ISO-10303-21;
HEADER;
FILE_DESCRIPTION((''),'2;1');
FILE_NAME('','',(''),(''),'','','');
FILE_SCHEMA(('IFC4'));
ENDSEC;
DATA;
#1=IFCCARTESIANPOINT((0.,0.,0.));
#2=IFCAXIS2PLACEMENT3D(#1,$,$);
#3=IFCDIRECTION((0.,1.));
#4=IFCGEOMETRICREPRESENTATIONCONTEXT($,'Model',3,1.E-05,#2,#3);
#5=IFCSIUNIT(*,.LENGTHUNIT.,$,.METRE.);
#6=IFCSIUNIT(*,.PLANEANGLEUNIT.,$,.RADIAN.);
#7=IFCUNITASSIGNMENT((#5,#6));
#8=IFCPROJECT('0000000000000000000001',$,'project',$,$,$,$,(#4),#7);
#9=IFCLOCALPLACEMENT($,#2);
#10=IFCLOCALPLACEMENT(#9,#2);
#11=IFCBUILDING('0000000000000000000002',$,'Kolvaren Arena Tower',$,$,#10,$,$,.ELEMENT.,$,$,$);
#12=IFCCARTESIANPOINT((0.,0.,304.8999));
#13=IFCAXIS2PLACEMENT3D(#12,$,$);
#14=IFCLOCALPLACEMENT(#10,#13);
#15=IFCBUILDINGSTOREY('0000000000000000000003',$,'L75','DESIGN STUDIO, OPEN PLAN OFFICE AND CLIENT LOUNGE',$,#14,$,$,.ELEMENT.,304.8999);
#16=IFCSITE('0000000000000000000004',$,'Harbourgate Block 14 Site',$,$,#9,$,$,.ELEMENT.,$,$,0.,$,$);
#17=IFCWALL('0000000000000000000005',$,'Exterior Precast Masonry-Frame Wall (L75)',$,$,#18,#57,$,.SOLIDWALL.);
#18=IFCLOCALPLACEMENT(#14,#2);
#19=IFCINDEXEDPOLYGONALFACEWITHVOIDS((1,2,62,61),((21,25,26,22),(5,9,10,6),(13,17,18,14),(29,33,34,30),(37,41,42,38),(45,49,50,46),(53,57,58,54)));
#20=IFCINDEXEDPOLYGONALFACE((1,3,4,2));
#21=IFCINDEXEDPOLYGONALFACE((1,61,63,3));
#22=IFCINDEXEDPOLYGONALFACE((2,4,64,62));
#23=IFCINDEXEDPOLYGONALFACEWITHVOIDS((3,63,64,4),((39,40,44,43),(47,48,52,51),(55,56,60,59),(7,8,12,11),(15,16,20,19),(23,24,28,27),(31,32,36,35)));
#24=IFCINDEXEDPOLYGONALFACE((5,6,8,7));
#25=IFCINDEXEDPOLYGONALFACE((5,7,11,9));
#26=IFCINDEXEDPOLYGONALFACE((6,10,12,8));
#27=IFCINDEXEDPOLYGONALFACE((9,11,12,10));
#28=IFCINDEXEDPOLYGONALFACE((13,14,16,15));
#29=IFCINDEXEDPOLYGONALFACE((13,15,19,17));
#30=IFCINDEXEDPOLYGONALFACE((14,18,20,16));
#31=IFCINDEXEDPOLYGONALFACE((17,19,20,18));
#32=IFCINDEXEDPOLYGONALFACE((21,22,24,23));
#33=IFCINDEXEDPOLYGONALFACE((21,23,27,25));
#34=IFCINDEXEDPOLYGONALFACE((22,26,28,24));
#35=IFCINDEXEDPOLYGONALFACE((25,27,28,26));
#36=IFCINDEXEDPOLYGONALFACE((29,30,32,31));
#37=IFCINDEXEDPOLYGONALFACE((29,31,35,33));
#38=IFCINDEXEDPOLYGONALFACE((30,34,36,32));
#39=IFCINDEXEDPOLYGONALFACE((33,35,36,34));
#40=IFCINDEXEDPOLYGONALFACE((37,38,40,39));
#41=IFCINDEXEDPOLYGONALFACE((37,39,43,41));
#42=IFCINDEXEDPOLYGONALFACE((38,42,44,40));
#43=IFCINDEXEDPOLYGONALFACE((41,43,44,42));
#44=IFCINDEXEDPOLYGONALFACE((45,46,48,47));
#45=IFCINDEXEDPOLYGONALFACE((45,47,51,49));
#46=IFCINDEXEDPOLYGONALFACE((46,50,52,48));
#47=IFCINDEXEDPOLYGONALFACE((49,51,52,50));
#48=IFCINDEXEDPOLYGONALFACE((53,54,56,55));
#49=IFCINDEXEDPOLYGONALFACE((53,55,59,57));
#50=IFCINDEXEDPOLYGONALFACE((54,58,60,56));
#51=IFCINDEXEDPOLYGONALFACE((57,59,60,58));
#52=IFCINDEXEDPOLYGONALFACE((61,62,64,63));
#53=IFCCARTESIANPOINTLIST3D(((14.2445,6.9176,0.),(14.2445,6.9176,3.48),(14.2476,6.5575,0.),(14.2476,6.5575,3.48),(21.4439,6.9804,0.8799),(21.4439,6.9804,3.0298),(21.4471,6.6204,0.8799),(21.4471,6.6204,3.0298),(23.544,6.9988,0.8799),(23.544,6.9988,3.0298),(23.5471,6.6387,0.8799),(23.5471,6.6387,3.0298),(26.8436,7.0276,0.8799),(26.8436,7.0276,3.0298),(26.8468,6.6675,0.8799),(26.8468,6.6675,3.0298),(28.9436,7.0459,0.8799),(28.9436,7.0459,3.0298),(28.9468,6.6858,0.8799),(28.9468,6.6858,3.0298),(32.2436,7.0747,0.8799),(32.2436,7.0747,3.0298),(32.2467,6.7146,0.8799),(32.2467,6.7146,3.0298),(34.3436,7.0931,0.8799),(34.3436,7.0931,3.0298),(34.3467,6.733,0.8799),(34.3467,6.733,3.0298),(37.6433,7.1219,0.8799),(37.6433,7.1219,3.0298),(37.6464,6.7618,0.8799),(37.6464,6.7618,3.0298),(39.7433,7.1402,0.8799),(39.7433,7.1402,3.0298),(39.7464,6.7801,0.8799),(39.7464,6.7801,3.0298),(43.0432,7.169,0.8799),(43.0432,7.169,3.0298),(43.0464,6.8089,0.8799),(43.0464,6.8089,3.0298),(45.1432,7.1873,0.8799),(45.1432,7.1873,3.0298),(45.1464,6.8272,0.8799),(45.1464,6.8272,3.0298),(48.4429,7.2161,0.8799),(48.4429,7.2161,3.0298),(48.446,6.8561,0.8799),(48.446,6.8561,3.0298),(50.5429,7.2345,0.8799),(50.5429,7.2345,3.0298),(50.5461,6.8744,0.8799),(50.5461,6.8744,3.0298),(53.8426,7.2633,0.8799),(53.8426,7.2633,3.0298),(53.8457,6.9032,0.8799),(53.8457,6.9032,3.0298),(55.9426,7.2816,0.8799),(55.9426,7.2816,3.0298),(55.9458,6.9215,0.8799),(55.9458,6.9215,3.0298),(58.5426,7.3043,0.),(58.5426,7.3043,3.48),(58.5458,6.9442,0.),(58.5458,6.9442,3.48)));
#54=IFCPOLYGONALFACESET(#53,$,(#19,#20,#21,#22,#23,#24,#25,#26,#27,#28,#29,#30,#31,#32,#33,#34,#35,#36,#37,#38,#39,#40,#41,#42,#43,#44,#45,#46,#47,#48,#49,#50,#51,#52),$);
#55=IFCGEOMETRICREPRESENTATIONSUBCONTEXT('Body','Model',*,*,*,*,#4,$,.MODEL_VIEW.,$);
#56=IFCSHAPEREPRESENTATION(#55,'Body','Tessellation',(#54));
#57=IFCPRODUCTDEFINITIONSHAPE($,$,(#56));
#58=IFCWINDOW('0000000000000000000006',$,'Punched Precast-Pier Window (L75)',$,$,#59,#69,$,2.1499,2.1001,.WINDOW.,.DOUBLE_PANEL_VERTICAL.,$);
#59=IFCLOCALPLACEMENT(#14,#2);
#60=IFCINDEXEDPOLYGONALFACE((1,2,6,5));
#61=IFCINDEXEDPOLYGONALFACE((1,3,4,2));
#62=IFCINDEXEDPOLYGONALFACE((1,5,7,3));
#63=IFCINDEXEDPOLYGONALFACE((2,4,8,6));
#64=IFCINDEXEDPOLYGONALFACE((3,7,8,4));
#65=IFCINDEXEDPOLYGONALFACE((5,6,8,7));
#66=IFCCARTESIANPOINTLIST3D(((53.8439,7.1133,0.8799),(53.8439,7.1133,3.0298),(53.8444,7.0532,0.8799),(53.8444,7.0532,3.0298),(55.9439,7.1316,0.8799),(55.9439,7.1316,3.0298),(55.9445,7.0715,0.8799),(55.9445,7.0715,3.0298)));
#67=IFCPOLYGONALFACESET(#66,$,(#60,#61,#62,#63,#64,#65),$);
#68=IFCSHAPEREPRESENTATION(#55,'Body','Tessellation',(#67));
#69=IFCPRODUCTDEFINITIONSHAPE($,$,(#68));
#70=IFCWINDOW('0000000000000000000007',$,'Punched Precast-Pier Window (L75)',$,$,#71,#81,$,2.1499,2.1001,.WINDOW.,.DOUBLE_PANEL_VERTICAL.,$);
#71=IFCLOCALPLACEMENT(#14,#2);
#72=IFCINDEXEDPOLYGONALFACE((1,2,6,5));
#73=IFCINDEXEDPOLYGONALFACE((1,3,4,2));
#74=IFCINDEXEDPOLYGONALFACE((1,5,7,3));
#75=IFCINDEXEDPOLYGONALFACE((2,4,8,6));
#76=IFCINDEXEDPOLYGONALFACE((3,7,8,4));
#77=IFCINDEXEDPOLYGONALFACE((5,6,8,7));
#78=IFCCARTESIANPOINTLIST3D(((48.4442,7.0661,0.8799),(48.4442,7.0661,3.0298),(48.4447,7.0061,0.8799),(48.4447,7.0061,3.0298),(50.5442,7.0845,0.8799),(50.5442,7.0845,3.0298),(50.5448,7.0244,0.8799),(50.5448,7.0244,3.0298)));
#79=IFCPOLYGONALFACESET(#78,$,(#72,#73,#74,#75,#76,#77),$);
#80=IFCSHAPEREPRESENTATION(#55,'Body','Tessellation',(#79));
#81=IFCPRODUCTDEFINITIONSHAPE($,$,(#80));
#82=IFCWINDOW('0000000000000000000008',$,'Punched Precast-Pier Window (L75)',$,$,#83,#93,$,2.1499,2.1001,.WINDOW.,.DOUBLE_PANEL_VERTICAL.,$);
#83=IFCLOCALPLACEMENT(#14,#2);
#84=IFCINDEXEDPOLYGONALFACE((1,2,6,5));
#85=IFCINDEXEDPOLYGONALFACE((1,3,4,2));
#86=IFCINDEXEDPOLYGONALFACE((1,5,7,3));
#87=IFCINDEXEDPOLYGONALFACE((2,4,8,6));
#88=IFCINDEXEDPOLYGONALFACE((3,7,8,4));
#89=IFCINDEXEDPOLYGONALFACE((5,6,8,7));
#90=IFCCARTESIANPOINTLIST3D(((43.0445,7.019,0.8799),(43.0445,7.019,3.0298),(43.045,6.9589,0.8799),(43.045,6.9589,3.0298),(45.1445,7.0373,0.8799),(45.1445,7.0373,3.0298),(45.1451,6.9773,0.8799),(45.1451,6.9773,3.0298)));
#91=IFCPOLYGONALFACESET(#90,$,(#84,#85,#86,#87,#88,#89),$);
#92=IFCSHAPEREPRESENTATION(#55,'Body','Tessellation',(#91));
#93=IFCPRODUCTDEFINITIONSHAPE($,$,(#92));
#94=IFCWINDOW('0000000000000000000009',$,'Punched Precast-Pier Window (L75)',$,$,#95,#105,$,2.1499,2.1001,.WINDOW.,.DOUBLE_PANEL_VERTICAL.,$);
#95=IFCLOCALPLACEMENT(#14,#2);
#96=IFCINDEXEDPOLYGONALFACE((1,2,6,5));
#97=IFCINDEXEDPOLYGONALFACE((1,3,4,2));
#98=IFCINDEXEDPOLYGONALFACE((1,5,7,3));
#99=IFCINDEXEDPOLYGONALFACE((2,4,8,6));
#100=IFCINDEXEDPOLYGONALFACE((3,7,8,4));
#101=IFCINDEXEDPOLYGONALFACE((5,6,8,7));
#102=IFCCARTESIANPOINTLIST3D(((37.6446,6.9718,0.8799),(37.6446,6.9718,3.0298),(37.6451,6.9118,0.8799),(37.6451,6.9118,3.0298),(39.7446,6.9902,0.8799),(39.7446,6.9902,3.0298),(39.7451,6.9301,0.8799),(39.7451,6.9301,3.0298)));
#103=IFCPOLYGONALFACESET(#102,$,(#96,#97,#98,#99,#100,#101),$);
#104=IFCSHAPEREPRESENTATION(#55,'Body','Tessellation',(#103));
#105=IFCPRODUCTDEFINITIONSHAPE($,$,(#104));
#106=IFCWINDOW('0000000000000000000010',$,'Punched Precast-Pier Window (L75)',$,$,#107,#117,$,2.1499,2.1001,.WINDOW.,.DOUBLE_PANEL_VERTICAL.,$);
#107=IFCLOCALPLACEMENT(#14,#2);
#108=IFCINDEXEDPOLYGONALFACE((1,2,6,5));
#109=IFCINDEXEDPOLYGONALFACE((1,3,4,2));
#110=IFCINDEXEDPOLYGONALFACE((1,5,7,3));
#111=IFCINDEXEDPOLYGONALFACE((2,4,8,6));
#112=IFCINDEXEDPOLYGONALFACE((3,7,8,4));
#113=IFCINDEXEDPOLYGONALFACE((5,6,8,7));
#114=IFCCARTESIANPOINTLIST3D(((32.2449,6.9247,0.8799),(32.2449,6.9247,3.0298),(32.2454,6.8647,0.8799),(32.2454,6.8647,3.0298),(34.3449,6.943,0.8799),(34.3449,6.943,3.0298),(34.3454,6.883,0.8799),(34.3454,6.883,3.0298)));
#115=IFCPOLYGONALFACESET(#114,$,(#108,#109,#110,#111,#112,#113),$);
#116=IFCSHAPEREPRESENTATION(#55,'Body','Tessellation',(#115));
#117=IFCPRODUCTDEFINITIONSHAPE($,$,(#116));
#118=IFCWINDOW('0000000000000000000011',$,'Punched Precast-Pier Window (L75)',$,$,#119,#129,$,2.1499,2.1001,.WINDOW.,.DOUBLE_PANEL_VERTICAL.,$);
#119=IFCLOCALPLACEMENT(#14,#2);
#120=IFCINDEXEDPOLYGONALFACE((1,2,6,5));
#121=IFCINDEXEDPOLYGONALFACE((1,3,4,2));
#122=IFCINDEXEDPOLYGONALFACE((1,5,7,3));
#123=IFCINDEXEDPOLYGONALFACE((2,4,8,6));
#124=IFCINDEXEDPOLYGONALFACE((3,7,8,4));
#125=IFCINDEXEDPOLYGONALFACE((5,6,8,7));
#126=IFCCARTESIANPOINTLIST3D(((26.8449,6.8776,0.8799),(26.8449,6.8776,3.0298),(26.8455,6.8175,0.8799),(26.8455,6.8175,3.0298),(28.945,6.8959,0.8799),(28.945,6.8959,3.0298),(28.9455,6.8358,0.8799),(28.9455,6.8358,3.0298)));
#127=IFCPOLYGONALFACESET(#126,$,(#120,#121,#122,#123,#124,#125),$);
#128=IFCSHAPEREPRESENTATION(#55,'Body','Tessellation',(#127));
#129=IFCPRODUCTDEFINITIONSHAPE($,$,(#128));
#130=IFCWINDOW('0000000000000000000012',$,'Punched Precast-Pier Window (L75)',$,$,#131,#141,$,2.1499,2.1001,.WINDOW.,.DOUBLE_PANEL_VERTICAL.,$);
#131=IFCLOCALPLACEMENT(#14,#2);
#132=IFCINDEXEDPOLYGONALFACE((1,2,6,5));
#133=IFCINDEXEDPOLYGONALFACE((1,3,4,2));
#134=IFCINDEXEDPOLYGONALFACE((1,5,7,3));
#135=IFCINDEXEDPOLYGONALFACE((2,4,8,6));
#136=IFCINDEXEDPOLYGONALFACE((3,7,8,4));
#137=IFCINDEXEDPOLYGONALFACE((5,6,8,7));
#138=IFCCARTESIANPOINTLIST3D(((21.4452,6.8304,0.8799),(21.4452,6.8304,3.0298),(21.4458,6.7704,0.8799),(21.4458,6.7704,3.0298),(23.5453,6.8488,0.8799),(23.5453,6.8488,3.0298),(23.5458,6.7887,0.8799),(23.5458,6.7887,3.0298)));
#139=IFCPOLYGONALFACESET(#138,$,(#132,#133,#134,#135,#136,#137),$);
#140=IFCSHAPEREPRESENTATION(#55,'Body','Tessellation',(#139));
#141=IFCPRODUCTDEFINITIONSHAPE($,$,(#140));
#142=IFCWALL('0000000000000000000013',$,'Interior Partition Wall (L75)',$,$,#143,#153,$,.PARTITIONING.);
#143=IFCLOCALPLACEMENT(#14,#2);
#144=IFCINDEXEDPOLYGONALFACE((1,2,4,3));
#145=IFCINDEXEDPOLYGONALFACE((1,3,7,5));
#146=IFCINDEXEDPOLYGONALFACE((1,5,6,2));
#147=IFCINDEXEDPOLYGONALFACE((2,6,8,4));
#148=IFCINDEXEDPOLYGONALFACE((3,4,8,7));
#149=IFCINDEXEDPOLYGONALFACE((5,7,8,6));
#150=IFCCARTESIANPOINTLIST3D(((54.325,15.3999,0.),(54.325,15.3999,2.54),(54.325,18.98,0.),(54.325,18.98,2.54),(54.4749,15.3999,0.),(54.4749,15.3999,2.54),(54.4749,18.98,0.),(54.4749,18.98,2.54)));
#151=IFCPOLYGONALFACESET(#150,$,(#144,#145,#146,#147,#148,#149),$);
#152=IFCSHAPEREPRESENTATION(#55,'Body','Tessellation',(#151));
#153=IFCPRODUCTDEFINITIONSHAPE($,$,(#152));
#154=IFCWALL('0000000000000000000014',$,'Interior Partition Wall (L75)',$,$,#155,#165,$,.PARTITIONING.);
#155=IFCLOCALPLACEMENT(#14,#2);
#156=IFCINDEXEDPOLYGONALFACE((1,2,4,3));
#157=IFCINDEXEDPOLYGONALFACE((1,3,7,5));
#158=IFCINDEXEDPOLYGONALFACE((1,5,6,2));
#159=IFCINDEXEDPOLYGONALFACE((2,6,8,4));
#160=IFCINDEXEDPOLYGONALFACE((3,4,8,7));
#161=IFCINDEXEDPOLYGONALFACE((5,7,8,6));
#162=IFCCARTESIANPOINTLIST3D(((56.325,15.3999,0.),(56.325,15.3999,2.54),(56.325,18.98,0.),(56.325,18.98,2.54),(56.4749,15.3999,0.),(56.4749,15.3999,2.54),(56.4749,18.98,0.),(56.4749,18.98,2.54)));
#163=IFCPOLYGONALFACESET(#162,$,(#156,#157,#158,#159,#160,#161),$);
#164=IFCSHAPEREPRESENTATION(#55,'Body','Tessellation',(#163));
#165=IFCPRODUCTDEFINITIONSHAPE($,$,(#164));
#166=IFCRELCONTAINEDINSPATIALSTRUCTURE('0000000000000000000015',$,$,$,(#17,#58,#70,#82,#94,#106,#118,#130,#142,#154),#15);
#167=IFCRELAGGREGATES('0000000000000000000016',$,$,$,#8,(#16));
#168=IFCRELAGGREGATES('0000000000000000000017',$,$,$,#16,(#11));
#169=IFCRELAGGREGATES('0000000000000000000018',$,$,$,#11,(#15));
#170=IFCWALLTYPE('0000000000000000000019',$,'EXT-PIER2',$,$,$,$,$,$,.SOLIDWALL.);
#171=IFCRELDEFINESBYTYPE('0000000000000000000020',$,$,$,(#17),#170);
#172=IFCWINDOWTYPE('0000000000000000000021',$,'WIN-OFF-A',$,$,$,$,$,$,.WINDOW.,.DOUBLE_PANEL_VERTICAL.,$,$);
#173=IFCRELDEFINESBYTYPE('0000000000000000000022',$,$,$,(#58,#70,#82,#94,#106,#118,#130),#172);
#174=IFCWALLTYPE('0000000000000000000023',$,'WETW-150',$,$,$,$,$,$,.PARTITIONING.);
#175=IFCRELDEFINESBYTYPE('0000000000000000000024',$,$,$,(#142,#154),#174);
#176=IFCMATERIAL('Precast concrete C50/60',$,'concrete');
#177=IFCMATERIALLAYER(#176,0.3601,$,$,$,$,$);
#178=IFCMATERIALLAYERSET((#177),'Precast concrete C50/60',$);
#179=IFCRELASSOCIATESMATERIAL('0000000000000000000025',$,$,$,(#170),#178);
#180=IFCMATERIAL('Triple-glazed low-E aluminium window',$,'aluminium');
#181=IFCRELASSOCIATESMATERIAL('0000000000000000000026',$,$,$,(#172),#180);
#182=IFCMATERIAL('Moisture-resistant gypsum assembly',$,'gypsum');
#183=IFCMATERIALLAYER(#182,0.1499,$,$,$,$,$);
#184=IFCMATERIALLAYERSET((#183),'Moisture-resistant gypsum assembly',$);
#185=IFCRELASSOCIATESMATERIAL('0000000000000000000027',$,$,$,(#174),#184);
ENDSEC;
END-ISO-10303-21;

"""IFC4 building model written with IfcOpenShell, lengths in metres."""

from ifc_helpers import new_model, si_unit, direction, frame, frame_2d, origin, place, context, subcontext, project, spatial, rectangle, extrude, material, layer, layer_set, type_object, element, fill, save


model = new_model("IFC4")

# Units and contexts
model_context = context("Model", 3, precision=1e-05, world=origin(), true_north=direction((0.0, 1.0)))
body_context = subcontext(model_context, "Body", "Model", "MODEL_VIEW")
ifc_project = project(units=[si_unit("LENGTHUNIT", "METRE"), si_unit("PLANEANGLEUNIT", "RADIAN")], contexts=[model_context])

# Site, building, storey
site_placement = place(None, origin())
site = spatial("IfcSite", under=ifc_project, at=site_placement, Name="Harbourgate Block 14 Site", CompositionType="ELEMENT", RefElevation=0.0)
building_placement = place(site_placement, origin())
building = spatial("IfcBuilding", under=site, at=building_placement, Name="Kolvaren Arena Tower", CompositionType="ELEMENT")
storey_placement = place(building_placement, frame((0.0, 0.0, 304.8999)))
storey = spatial("IfcBuildingStorey", under=building, at=storey_placement, Name="L75", Description="DESIGN STUDIO, OPEN PLAN OFFICE AND CLIENT LOUNGE", CompositionType="ELEMENT", Elevation=304.8999)

# Shared definitions
ifc_material_1 = material(Name="Precast concrete C50/60", Category="concrete")

# Shared definitions
ifc_layer_1 = layer(ifc_material_1, 0.3601)
ifc_layer_set_1 = layer_set([ifc_layer_1], Name="Precast concrete C50/60")
wall_type_1 = type_object("IfcWallType", Name="EXT-PIER2", PredefinedType="SOLIDWALL", material=ifc_layer_set_1)

# Wall, openings, windows
wall_1_placement = place(storey_placement, frame((58.5442, 7.1243, 0.0), z_axis=(0.0, 0.0, 1.0), x_axis=(-0.999962, -0.00873, 0.0)))
wall_1 = element("IfcWall", 1, at=wall_1_placement, inside=storey, type_object=wall_type_1, Name="Exterior Precast Masonry-Frame Wall (L75)", PredefinedType="SOLIDWALL", context=body_context, shape_type="SweptSolid", body=[
    extrude(rectangle(XDim=44.2998, YDim=0.3601, at=frame_2d((22.1499, 0.0))), origin(), (0.0, 0.0, 1.0), 3.48),
])
opening_1_placement = place(wall_1_placement, frame((2.6001, 0.0, 0.8799)))
opening_1 = element("IfcOpeningElement", 2, at=opening_1_placement, cuts=wall_1, PredefinedType="OPENING", context=body_context, shape_type="SweptSolid", body=[
    extrude(rectangle(XDim=2.1001, YDim=2.1499, at=frame_2d((1.05, 1.075))), frame((0.0, 0.1899, 0.0), z_axis=(0.0, -1.0, 0.0), x_axis=(1.0, 0.0, 0.0)), (0.0, 0.0, 1.0), 0.3801),
])
opening_2_placement = place(wall_1_placement, frame((8.0, 0.0, 0.8799)))
opening_2 = element("IfcOpeningElement", 3, at=opening_2_placement, cuts=wall_1, PredefinedType="OPENING", context=body_context, shape_type="SweptSolid", body=[
    extrude(rectangle(XDim=2.1001, YDim=2.1499, at=frame_2d((1.05, 1.075))), frame((0.0, 0.1899, 0.0), z_axis=(0.0, -1.0, 0.0), x_axis=(1.0, 0.0, 0.0)), (0.0, 0.0, 1.0), 0.3801),
])
opening_3_placement = place(wall_1_placement, frame((13.3999, 0.0, 0.8799)))
opening_3 = element("IfcOpeningElement", 4, at=opening_3_placement, cuts=wall_1, PredefinedType="OPENING", context=body_context, shape_type="SweptSolid", body=[
    extrude(rectangle(XDim=2.1001, YDim=2.1499, at=frame_2d((1.05, 1.075))), frame((0.0, 0.1899, 0.0), z_axis=(0.0, -1.0, 0.0), x_axis=(1.0, 0.0, 0.0)), (0.0, 0.0, 1.0), 0.3801),
])
opening_4_placement = place(wall_1_placement, frame((18.8, 0.0, 0.8799)))
opening_4 = element("IfcOpeningElement", 5, at=opening_4_placement, cuts=wall_1, PredefinedType="OPENING", context=body_context, shape_type="SweptSolid", body=[
    extrude(rectangle(XDim=2.1001, YDim=2.1499, at=frame_2d((1.05, 1.075))), frame((0.0, 0.1899, 0.0), z_axis=(0.0, -1.0, 0.0), x_axis=(1.0, 0.0, 0.0)), (0.0, 0.0, 1.0), 0.3801),
])
opening_5_placement = place(wall_1_placement, frame((24.2, 0.0, 0.8799)))
opening_5 = element("IfcOpeningElement", 6, at=opening_5_placement, cuts=wall_1, PredefinedType="OPENING", context=body_context, shape_type="SweptSolid", body=[
    extrude(rectangle(XDim=2.1001, YDim=2.1499, at=frame_2d((1.05, 1.075))), frame((0.0, 0.1899, 0.0), z_axis=(0.0, -1.0, 0.0), x_axis=(1.0, 0.0, 0.0)), (0.0, 0.0, 1.0), 0.3801),
])
opening_6_placement = place(wall_1_placement, frame((29.6001, 0.0, 0.8799)))
opening_6 = element("IfcOpeningElement", 7, at=opening_6_placement, cuts=wall_1, PredefinedType="OPENING", context=body_context, shape_type="SweptSolid", body=[
    extrude(rectangle(XDim=2.1001, YDim=2.1499, at=frame_2d((1.05, 1.075))), frame((0.0, 0.1899, 0.0), z_axis=(0.0, -1.0, 0.0), x_axis=(1.0, 0.0, 0.0)), (0.0, 0.0, 1.0), 0.3801),
])
opening_7_placement = place(wall_1_placement, frame((35.0, 0.0, 0.8799)))
opening_7 = element("IfcOpeningElement", 8, at=opening_7_placement, cuts=wall_1, PredefinedType="OPENING", context=body_context, shape_type="SweptSolid", body=[
    extrude(rectangle(XDim=2.1001, YDim=2.1499, at=frame_2d((1.05, 1.075))), frame((0.0, 0.1899, 0.0), z_axis=(0.0, -1.0, 0.0), x_axis=(1.0, 0.0, 0.0)), (0.0, 0.0, 1.0), 0.3801),
])
ifc_material_2 = material(Name="Triple-glazed low-E aluminium window", Category="aluminium")
window_type = type_object("IfcWindowType", Name="WIN-OFF-A", PartitioningType="DOUBLE_PANEL_VERTICAL", PredefinedType="WINDOW", material=ifc_material_2)
window_1_placement = place(opening_1_placement, origin())
window_1 = element("IfcWindow", 9, at=window_1_placement, inside=storey, type_object=window_type, Name="Punched Precast-Pier Window (L75)", OverallHeight=2.1499, OverallWidth=2.1001, PartitioningType="DOUBLE_PANEL_VERTICAL", PredefinedType="WINDOW", context=body_context, shape_type="SweptSolid", body=[
    extrude(rectangle(XDim=2.1001, YDim=2.1499, at=frame_2d((1.05, 1.075))), frame((0.0, 0.03, 0.0), z_axis=(0.0, -1.0, 0.0), x_axis=(1.0, 0.0, 0.0)), (0.0, 0.0, 1.0), 0.0601),
])
fill(opening_1, window_1)
window_2_placement = place(opening_2_placement, origin())
window_2 = element("IfcWindow", 10, at=window_2_placement, inside=storey, type_object=window_type, Name="Punched Precast-Pier Window (L75)", OverallHeight=2.1499, OverallWidth=2.1001, PartitioningType="DOUBLE_PANEL_VERTICAL", PredefinedType="WINDOW", context=body_context, shape_type="SweptSolid", body=[
    extrude(rectangle(XDim=2.1001, YDim=2.1499, at=frame_2d((1.05, 1.075))), frame((0.0, 0.03, 0.0), z_axis=(0.0, -1.0, 0.0), x_axis=(1.0, 0.0, 0.0)), (0.0, 0.0, 1.0), 0.0601),
])
fill(opening_2, window_2)
window_3_placement = place(opening_3_placement, origin())
window_3 = element("IfcWindow", 11, at=window_3_placement, inside=storey, type_object=window_type, Name="Punched Precast-Pier Window (L75)", OverallHeight=2.1499, OverallWidth=2.1001, PartitioningType="DOUBLE_PANEL_VERTICAL", PredefinedType="WINDOW", context=body_context, shape_type="SweptSolid", body=[
    extrude(rectangle(XDim=2.1001, YDim=2.1499, at=frame_2d((1.05, 1.075))), frame((0.0, 0.03, 0.0), z_axis=(0.0, -1.0, 0.0), x_axis=(1.0, 0.0, 0.0)), (0.0, 0.0, 1.0), 0.0601),
])
fill(opening_3, window_3)
window_4_placement = place(opening_4_placement, origin())
window_4 = element("IfcWindow", 12, at=window_4_placement, inside=storey, type_object=window_type, Name="Punched Precast-Pier Window (L75)", OverallHeight=2.1499, OverallWidth=2.1001, PartitioningType="DOUBLE_PANEL_VERTICAL", PredefinedType="WINDOW", context=body_context, shape_type="SweptSolid", body=[
    extrude(rectangle(XDim=2.1001, YDim=2.1499, at=frame_2d((1.05, 1.075))), frame((0.0, 0.03, 0.0), z_axis=(0.0, -1.0, 0.0), x_axis=(1.0, 0.0, 0.0)), (0.0, 0.0, 1.0), 0.0601),
])
fill(opening_4, window_4)
window_5_placement = place(opening_5_placement, origin())
window_5 = element("IfcWindow", 13, at=window_5_placement, inside=storey, type_object=window_type, Name="Punched Precast-Pier Window (L75)", OverallHeight=2.1499, OverallWidth=2.1001, PartitioningType="DOUBLE_PANEL_VERTICAL", PredefinedType="WINDOW", context=body_context, shape_type="SweptSolid", body=[
    extrude(rectangle(XDim=2.1001, YDim=2.1499, at=frame_2d((1.05, 1.075))), frame((0.0, 0.03, 0.0), z_axis=(0.0, -1.0, 0.0), x_axis=(1.0, 0.0, 0.0)), (0.0, 0.0, 1.0), 0.0601),
])
fill(opening_5, window_5)
window_6_placement = place(opening_6_placement, origin())
window_6 = element("IfcWindow", 14, at=window_6_placement, inside=storey, type_object=window_type, Name="Punched Precast-Pier Window (L75)", OverallHeight=2.1499, OverallWidth=2.1001, PartitioningType="DOUBLE_PANEL_VERTICAL", PredefinedType="WINDOW", context=body_context, shape_type="SweptSolid", body=[
    extrude(rectangle(XDim=2.1001, YDim=2.1499, at=frame_2d((1.05, 1.075))), frame((0.0, 0.03, 0.0), z_axis=(0.0, -1.0, 0.0), x_axis=(1.0, 0.0, 0.0)), (0.0, 0.0, 1.0), 0.0601),
])
fill(opening_6, window_6)
window_7_placement = place(opening_7_placement, origin())
window_7 = element("IfcWindow", 15, at=window_7_placement, inside=storey, type_object=window_type, Name="Punched Precast-Pier Window (L75)", OverallHeight=2.1499, OverallWidth=2.1001, PartitioningType="DOUBLE_PANEL_VERTICAL", PredefinedType="WINDOW", context=body_context, shape_type="SweptSolid", body=[
    extrude(rectangle(XDim=2.1001, YDim=2.1499, at=frame_2d((1.05, 1.075))), frame((0.0, 0.03, 0.0), z_axis=(0.0, -1.0, 0.0), x_axis=(1.0, 0.0, 0.0)), (0.0, 0.0, 1.0), 0.0601),
])
fill(opening_7, window_7)

# Walls
ifc_material_3 = material(Name="Moisture-resistant gypsum assembly", Category="gypsum")
ifc_layer_2 = layer(ifc_material_3, 0.1499)
ifc_layer_set_2 = layer_set([ifc_layer_2], Name="Moisture-resistant gypsum assembly")
wall_type_2 = type_object("IfcWallType", Name="WETW-150", PredefinedType="PARTITIONING", material=ifc_layer_set_2)
for number, where, z_axis, x_axis, name in (
    (16, (54.3999, 15.3999, 0.0), (0.0, 0.0, 1.0), (0.0, 1.0, 0.0), "Interior Partition Wall (L75)"),
    (17, (56.3999, 15.3999, 0.0), (0.0, 0.0, 1.0), (0.0, 1.0, 0.0), "Interior Partition Wall (L75)"),
):
    element("IfcWall", number, at=place(storey_placement, frame(where, z_axis=z_axis, x_axis=x_axis)), inside=storey, type_object=wall_type_2, Name=name, PredefinedType="PARTITIONING", context=body_context, shape_type="SweptSolid", body=[
        extrude(rectangle(XDim=3.5801, YDim=0.1499, at=frame_2d((1.79, 0.0))), origin(), (0.0, 0.0, 1.0), 2.54),
    ])

save(model, "model.ifc")
